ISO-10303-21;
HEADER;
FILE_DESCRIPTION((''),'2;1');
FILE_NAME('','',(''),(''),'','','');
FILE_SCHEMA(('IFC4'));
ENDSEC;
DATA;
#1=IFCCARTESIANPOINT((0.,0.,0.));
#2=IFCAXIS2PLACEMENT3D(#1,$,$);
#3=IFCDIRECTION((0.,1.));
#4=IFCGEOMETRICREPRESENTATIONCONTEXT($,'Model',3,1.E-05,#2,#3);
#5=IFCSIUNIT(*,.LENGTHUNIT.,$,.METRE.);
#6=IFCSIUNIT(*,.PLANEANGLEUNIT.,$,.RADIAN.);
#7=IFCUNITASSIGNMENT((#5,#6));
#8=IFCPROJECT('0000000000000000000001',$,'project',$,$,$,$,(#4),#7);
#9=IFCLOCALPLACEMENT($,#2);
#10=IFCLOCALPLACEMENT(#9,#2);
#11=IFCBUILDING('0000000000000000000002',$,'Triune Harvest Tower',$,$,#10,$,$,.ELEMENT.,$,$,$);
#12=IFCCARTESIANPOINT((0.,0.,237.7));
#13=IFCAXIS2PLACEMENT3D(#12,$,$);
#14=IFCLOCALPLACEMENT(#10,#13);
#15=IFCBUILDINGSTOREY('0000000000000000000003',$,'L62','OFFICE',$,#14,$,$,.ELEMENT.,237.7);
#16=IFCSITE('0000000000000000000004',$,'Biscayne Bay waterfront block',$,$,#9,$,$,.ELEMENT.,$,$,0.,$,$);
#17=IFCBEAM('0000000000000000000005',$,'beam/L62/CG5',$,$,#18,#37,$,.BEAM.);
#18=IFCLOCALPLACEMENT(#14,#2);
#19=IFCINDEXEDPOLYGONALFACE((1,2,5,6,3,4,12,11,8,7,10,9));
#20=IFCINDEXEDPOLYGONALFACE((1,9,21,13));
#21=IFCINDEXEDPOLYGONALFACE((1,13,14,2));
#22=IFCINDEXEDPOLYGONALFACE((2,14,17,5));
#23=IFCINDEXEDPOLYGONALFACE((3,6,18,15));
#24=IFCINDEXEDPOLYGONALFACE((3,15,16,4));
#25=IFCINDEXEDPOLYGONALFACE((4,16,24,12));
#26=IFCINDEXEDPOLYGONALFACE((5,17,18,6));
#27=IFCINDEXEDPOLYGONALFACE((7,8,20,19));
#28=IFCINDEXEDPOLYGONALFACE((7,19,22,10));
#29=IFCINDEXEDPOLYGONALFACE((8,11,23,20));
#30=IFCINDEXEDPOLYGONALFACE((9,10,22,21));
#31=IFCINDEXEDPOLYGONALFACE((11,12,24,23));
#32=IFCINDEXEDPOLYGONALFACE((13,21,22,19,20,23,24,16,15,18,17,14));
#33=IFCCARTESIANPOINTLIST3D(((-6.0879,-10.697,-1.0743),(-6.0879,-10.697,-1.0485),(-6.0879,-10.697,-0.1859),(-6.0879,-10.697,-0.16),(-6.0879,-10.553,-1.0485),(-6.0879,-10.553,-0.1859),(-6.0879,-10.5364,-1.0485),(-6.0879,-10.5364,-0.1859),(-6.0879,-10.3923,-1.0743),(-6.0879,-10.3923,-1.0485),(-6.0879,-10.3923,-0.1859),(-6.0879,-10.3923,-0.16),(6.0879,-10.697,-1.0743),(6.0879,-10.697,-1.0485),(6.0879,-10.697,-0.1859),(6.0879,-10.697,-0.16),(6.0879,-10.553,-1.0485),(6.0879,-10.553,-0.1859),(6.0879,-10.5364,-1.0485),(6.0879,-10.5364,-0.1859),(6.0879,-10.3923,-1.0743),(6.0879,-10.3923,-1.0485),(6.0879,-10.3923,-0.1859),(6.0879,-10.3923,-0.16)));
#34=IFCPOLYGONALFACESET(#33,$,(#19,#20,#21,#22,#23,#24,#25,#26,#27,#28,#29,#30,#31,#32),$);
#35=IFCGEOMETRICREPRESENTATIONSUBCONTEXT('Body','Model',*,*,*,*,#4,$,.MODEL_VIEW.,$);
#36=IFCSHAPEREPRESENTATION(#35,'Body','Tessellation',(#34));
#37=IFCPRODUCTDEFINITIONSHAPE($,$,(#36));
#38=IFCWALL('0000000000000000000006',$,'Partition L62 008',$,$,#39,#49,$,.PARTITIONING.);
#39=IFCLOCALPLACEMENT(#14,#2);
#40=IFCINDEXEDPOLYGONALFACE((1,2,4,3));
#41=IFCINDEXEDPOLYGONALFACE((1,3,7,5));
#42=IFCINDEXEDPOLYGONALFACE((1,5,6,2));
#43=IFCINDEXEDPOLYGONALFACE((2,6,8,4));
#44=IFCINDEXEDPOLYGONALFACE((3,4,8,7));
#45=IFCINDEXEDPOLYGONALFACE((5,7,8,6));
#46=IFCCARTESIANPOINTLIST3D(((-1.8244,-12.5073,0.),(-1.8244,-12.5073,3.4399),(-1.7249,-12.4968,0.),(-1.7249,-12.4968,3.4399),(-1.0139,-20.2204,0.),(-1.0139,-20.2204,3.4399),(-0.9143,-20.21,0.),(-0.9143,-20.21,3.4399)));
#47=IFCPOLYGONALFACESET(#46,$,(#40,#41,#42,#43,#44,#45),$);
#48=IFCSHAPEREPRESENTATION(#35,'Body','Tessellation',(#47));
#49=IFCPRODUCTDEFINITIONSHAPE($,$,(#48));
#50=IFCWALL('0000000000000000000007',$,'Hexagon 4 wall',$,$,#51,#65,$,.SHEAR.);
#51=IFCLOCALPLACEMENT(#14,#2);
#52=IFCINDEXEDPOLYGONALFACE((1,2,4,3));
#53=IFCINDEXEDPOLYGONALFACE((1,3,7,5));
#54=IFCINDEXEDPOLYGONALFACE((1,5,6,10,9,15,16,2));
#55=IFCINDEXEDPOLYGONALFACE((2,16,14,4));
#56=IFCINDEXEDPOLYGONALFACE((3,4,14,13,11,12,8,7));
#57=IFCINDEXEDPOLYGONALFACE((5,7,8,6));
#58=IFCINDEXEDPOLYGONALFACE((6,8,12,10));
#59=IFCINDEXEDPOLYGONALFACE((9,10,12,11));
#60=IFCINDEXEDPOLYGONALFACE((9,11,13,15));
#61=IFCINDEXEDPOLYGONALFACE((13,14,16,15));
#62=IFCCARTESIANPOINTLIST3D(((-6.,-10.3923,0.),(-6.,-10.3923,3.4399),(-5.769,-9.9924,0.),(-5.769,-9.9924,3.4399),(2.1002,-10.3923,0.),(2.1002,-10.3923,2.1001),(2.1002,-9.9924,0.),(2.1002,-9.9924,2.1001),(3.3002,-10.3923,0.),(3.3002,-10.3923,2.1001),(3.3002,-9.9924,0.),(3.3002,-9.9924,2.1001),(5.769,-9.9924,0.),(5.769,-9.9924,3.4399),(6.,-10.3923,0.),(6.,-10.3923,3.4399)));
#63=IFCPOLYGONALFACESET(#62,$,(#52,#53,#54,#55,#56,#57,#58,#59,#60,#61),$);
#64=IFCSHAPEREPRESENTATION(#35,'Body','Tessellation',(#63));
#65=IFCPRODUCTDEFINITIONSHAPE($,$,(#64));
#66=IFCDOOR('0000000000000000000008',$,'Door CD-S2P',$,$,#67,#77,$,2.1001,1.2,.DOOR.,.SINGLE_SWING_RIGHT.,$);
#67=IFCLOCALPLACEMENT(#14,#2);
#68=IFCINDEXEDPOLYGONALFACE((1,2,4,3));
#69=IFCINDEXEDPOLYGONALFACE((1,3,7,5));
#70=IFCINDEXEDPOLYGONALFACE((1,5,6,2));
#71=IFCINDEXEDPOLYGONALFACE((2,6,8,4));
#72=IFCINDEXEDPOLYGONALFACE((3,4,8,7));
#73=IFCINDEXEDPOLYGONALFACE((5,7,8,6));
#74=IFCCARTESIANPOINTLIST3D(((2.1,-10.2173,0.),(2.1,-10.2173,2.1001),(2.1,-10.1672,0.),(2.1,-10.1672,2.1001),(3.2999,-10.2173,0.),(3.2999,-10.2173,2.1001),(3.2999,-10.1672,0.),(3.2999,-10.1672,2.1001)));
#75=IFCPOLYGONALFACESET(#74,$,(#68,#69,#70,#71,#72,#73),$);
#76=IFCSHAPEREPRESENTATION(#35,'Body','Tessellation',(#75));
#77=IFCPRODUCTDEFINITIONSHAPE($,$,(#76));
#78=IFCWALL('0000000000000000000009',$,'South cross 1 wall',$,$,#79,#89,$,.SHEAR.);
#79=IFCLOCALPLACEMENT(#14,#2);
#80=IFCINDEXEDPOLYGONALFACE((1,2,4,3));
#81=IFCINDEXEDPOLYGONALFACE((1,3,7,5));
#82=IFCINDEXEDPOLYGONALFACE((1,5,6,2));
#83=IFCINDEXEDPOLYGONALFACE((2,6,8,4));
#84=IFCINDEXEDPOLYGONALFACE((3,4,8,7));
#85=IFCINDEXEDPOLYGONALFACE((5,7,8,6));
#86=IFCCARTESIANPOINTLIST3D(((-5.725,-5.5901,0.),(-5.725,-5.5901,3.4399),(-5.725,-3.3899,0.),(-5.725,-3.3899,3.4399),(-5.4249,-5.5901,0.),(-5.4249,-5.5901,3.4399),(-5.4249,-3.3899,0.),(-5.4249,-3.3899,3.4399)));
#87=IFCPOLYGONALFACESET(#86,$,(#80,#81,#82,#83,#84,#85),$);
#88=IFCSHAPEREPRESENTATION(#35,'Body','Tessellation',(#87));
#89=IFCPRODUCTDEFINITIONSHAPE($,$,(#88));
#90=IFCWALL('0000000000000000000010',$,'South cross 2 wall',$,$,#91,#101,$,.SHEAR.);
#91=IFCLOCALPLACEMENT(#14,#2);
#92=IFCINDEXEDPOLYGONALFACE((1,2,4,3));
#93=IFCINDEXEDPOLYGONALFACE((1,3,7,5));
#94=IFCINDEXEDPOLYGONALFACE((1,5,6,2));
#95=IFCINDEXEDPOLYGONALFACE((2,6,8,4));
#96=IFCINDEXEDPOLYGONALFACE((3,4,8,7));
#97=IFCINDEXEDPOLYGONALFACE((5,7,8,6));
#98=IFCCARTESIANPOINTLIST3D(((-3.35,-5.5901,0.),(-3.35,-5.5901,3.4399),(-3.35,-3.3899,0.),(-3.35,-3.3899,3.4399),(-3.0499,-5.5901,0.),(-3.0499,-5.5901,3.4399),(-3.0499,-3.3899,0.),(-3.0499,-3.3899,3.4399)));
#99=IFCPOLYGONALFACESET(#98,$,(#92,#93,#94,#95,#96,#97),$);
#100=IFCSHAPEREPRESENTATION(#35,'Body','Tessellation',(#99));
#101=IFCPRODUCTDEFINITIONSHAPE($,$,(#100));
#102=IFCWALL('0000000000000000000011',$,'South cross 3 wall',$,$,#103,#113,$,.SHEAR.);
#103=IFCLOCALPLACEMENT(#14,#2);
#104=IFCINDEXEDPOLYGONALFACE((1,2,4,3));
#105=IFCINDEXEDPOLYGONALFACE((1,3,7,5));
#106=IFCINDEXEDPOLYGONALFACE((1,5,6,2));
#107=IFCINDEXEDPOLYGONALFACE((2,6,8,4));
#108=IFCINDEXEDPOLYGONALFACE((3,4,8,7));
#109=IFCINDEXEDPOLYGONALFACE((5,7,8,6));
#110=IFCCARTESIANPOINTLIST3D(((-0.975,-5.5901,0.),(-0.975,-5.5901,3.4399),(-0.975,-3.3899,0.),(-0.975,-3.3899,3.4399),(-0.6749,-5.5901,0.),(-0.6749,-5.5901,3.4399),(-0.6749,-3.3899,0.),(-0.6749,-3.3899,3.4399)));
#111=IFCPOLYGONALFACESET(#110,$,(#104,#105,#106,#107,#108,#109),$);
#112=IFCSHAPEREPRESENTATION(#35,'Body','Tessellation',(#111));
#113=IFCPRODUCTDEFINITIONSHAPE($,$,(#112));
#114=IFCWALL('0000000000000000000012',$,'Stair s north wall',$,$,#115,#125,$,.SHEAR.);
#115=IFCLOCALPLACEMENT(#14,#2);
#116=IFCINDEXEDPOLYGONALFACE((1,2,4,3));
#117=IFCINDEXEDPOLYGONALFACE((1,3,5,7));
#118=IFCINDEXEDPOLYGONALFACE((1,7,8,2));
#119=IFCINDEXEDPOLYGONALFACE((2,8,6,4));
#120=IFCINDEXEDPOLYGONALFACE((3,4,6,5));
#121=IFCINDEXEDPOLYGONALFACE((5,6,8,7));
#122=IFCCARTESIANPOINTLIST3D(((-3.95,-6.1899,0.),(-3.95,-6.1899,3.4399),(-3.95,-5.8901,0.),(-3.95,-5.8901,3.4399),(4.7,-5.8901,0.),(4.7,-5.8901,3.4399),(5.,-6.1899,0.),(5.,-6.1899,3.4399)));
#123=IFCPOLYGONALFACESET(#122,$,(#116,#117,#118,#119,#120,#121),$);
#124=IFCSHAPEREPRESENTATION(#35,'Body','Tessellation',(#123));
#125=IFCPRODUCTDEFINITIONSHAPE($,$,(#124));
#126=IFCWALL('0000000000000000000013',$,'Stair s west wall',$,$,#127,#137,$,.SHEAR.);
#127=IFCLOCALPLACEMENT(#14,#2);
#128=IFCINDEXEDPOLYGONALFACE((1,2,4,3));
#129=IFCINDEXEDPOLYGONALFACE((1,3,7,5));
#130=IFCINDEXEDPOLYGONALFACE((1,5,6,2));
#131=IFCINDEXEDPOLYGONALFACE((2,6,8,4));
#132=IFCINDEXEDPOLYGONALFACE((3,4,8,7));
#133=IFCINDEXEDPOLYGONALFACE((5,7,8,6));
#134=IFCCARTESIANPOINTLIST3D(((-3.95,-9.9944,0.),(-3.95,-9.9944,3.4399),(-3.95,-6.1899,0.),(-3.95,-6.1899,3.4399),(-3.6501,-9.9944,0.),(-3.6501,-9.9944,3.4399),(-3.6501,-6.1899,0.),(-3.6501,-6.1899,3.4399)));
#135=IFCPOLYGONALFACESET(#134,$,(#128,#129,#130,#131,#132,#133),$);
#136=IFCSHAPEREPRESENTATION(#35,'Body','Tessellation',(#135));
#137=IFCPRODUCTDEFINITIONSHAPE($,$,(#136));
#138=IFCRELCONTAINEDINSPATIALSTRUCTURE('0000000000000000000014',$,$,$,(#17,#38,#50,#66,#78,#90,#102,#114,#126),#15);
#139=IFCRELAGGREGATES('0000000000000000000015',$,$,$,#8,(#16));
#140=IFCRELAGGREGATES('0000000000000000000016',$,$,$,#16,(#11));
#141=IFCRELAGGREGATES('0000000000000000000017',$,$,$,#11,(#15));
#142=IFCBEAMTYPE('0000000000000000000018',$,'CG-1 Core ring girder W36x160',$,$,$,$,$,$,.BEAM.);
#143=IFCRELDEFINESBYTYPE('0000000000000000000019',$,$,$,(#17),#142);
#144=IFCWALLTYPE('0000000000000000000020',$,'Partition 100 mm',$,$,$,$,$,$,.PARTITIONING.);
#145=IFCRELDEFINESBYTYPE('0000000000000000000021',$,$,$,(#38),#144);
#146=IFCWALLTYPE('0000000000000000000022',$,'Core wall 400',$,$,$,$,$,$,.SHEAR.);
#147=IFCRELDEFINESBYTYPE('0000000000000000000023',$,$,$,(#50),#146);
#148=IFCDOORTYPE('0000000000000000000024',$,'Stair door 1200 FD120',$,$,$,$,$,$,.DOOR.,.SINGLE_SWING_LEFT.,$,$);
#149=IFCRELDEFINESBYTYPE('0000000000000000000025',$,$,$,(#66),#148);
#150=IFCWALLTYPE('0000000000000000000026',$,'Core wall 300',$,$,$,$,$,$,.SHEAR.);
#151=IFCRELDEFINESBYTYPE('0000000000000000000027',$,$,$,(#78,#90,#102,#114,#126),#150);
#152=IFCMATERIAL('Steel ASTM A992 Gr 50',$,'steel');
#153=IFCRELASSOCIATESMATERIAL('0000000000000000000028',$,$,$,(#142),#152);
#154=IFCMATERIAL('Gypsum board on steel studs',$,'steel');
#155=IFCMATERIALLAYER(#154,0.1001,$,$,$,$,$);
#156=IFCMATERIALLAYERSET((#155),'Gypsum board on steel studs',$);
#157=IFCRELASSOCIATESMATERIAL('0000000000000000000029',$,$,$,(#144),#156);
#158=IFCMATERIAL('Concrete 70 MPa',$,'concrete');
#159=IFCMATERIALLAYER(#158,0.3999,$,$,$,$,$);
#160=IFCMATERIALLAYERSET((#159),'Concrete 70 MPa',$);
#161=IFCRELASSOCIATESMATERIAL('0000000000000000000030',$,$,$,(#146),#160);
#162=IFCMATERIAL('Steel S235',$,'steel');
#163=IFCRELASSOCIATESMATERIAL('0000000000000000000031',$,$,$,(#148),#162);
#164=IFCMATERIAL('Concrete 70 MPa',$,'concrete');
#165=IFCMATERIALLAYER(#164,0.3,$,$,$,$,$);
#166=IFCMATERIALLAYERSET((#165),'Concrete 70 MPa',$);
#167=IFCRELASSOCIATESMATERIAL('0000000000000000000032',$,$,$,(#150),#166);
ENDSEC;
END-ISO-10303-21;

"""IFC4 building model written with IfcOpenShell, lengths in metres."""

from ifc_helpers import new_model, si_unit, direction, frame, frame_2d, origin, origin_2d, place, context, subcontext, project, spatial, polyline, rectangle, i_section, outline, extrude, source, transform, mapped, material, layer, layer_set, material_profile, profile_set, type_object, element, fill, save


model = new_model("IFC4")

# Units and contexts
model_context = context("Model", 3, precision=1e-05, world=origin(), true_north=direction((0.0, 1.0)))
body_context = subcontext(model_context, "Body", "Model", "MODEL_VIEW")
ifc_project = project(units=[si_unit("LENGTHUNIT", "METRE"), si_unit("PLANEANGLEUNIT", "RADIAN")], contexts=[model_context])

# Site, building, storey
site_placement = place(None, origin())
site = spatial("IfcSite", under=ifc_project, at=site_placement, Name="Biscayne Bay waterfront block", CompositionType="ELEMENT", RefElevation=0.0)
building_placement = place(site_placement, origin())
building = spatial("IfcBuilding", under=site, at=building_placement, Name="Triune Harvest Tower", CompositionType="ELEMENT")
storey_placement = place(building_placement, frame((0.0, 0.0, 237.7)))
storey = spatial("IfcBuildingStorey", under=building, at=storey_placement, Name="L62", Description="OFFICE", CompositionType="ELEMENT", Elevation=237.7)

# Beam
ifc_material_1 = material(Name="Steel ASTM A992 Gr 50", Category="steel")
ifc_material_profile = material_profile(ifc_material_1, i_section(OverallWidth=0.3047, OverallDepth=0.9143, WebThickness=0.0166, FlangeThickness=0.0259, at=origin_2d()), Name="W36x160")
ifc_profile_set = profile_set([ifc_material_profile], Name="Steel ASTM A992 Gr 50")
beam_type = type_object("IfcBeamType", Name="CG-1 Core ring girder W36x160", PredefinedType="BEAM", material=ifc_profile_set)
shared_shape_1 = source(origin(), body_context, "Body", "SweptSolid", [
    extrude(i_section(OverallWidth=0.3047, OverallDepth=0.9143, WebThickness=0.0166, FlangeThickness=0.0259, at=origin_2d()), origin(), (0.0, 0.0, 1.0), 12.1758),
])
beam_placement = place(storey_placement, frame((-6.0879, -10.5447, -0.6172), z_axis=(1.0, 0.0, 0.0), x_axis=(0.0, 1.0, 0.0)))
element("IfcBeam", 1, at=beam_placement, inside=storey, type_object=beam_type, Name="beam/L62/CG5", PredefinedType="BEAM", context=body_context, shape_type="MappedRepresentation", body=[
    mapped(shared_shape_1, transform((0.0, 0.0, 0.0), scale=1.0)),
])

# Wall
ifc_material_2 = material(Name="Gypsum board on steel studs", Category="steel")
ifc_layer_1 = layer(ifc_material_2, 0.1001)
ifc_layer_set_1 = layer_set([ifc_layer_1], Name="Gypsum board on steel studs")
wall_type_1 = type_object("IfcWallType", Name="Partition 100 mm", PredefinedType="PARTITIONING", material=ifc_layer_set_1)
wall_1_placement = place(storey_placement, frame((-1.7747, -12.502, 0.0), z_axis=(0.0, 0.0, 1.0), x_axis=(0.104511, -0.994524, 0.0)))
element("IfcWall", 2, at=wall_1_placement, inside=storey, type_object=wall_type_1, Name="Partition L62 008", PredefinedType="PARTITIONING", context=body_context, shape_type="SweptSolid", body=[
    extrude(rectangle(XDim=7.7556, YDim=0.1001, at=frame_2d((3.8779, 0.0))), origin(), (0.0, 0.0, 1.0), 3.4399),
])

# Wall, opening, door
ifc_material_3 = material(Name="Concrete 70 MPa", Category="concrete")
ifc_layer_2 = layer(ifc_material_3, 0.3999)
ifc_layer_set_2 = layer_set([ifc_layer_2], Name="Concrete 70 MPa")
wall_type_2 = type_object("IfcWallType", Name="Core wall 400", PredefinedType="SHEAR", material=ifc_layer_set_2)
shared_shape_2 = source(origin(), body_context, "Body", "SweptSolid", [
    extrude(outline(polyline([(-0.1155, -0.2), (11.8845, -0.2), (11.6536, 0.2), (0.1155, 0.2), (-0.1155, -0.2)])), origin(), (0.0, 0.0, 1.0), 3.4399),
])
wall_2_placement = place(storey_placement, frame((-5.8845, -10.1924, 0.0), z_axis=(0.0, 0.0, 1.0), x_axis=(1.0, 0.0, 0.0)))
wall_2 = element("IfcWall", 3, at=wall_2_placement, inside=storey, type_object=wall_type_2, Name="Hexagon 4 wall", PredefinedType="SHEAR", context=body_context, shape_type="MappedRepresentation", body=[
    mapped(shared_shape_2, transform((0.0, 0.0, 0.0), scale=1.0)),
])
opening_1_placement = place(wall_2_placement, frame((7.9846, 0.0, 0.0)))
opening_1 = element("IfcOpeningElement", 4, at=opening_1_placement, cuts=wall_2, PredefinedType="OPENING", context=body_context, shape_type="SweptSolid", body=[
    extrude(rectangle(XDim=1.2, YDim=2.1001, at=frame_2d((0.6001, 1.05))), frame((0.0, 0.21, 0.0), z_axis=(0.0, -1.0, 0.0), x_axis=(1.0, 0.0, 0.0)), (0.0, 0.0, 1.0), 0.4199),
])
ifc_material_4 = material(Name="Steel S235", Category="steel")
door_type_1 = type_object("IfcDoorType", Name="Stair door 1200 FD120", OperationType="SINGLE_SWING_LEFT", PredefinedType="DOOR", material=ifc_material_4)
door_1_placement = place(opening_1_placement, frame((1.2, 0.0, 0.0), z_axis=(0.0, 0.0, 1.0), x_axis=(-1.0, 0.0, 0.0)))
door_1 = element("IfcDoor", 5, at=door_1_placement, inside=storey, type_object=door_type_1, Name="Door CD-S2P", OperationType="SINGLE_SWING_RIGHT", OverallHeight=2.1001, OverallWidth=1.2, PredefinedType="DOOR", context=body_context, shape_type="SweptSolid", body=[
    extrude(rectangle(XDim=1.2, YDim=2.1001, at=frame_2d((0.6001, 1.05))), frame((0.0, 0.0249, 0.0), z_axis=(0.0, -1.0, 0.0), x_axis=(1.0, 0.0, 0.0)), (0.0, 0.0, 1.0), 0.05),
])
fill(opening_1, door_1)

# Walls
ifc_material_5 = material(Name="Concrete 70 MPa", Category="concrete")
ifc_layer_3 = layer(ifc_material_5, 0.3)
ifc_layer_set_3 = layer_set([ifc_layer_3], Name="Concrete 70 MPa")
wall_type_3 = type_object("IfcWallType", Name="Core wall 300", PredefinedType="SHEAR", material=ifc_layer_set_3)
shared_shape_3 = source(origin(), body_context, "Body", "SweptSolid", [
    extrude(rectangle(XDim=2.2002, YDim=0.3, at=frame_2d((1.1001, 0.0))), origin(), (0.0, 0.0, 1.0), 3.4399),
])
for number, where, z_axis, x_axis, name in (
    (6, (-5.575, -5.5901, 0.0), (0.0, 0.0, 1.0), (0.0, 1.0, 0.0), "South cross 1 wall"),
    (7, (-3.2, -5.5901, 0.0), (0.0, 0.0, 1.0), (0.0, 1.0, 0.0), "South cross 2 wall"),
    (8, (-0.825, -5.5901, 0.0), (0.0, 0.0, 1.0), (0.0, 1.0, 0.0), "South cross 3 wall"),
):
    element("IfcWall", number, at=place(storey_placement, frame(where, z_axis=z_axis, x_axis=x_axis)), inside=storey, type_object=wall_type_3, Name=name, PredefinedType="SHEAR", context=body_context, shape_type="MappedRepresentation", body=[
        mapped(shared_shape_3, transform((0.0, 0.0, 0.0), scale=1.0)),
    ])
shared_shape_4 = source(origin(), body_context, "Body", "SweptSolid", [
    extrude(outline(polyline([(0.0, -0.1499), (8.95, -0.1499), (8.6499, 0.1499), (0.0, 0.1499), (0.0, -0.1499)])), origin(), (0.0, 0.0, 1.0), 3.4399),
])
wall_3_placement = place(storey_placement, frame((-3.95, -6.04, 0.0), z_axis=(0.0, 0.0, 1.0), x_axis=(1.0, 0.0, 0.0)))
element("IfcWall", 9, at=wall_3_placement, inside=storey, type_object=wall_type_3, Name="Stair s north wall", PredefinedType="SHEAR", context=body_context, shape_type="MappedRepresentation", body=[
    mapped(shared_shape_4, transform((0.0, 0.0, 0.0), scale=1.0)),
])
shared_shape_5 = source(origin(), body_context, "Body", "SweptSolid", [
    extrude(outline(polyline([(3.8, -0.1499), (-0.0044, -0.1499), (-0.0044, 0.1499), (3.8, 0.1499), (3.8, -0.1499)])), origin(), (0.0, 0.0, 1.0), 3.4399),
])
wall_4_placement = place(storey_placement, frame((-3.8, -9.99, 0.0), z_axis=(0.0, 0.0, 1.0), x_axis=(0.0, 1.0, 0.0)))
element("IfcWall", 10, at=wall_4_placement, inside=storey, type_object=wall_type_3, Name="Stair s west wall", PredefinedType="SHEAR", context=body_context, shape_type="MappedRepresentation", body=[
    mapped(shared_shape_5, transform((0.0, 0.0, 0.0), scale=1.0)),
])

save(model, "model.ifc")
